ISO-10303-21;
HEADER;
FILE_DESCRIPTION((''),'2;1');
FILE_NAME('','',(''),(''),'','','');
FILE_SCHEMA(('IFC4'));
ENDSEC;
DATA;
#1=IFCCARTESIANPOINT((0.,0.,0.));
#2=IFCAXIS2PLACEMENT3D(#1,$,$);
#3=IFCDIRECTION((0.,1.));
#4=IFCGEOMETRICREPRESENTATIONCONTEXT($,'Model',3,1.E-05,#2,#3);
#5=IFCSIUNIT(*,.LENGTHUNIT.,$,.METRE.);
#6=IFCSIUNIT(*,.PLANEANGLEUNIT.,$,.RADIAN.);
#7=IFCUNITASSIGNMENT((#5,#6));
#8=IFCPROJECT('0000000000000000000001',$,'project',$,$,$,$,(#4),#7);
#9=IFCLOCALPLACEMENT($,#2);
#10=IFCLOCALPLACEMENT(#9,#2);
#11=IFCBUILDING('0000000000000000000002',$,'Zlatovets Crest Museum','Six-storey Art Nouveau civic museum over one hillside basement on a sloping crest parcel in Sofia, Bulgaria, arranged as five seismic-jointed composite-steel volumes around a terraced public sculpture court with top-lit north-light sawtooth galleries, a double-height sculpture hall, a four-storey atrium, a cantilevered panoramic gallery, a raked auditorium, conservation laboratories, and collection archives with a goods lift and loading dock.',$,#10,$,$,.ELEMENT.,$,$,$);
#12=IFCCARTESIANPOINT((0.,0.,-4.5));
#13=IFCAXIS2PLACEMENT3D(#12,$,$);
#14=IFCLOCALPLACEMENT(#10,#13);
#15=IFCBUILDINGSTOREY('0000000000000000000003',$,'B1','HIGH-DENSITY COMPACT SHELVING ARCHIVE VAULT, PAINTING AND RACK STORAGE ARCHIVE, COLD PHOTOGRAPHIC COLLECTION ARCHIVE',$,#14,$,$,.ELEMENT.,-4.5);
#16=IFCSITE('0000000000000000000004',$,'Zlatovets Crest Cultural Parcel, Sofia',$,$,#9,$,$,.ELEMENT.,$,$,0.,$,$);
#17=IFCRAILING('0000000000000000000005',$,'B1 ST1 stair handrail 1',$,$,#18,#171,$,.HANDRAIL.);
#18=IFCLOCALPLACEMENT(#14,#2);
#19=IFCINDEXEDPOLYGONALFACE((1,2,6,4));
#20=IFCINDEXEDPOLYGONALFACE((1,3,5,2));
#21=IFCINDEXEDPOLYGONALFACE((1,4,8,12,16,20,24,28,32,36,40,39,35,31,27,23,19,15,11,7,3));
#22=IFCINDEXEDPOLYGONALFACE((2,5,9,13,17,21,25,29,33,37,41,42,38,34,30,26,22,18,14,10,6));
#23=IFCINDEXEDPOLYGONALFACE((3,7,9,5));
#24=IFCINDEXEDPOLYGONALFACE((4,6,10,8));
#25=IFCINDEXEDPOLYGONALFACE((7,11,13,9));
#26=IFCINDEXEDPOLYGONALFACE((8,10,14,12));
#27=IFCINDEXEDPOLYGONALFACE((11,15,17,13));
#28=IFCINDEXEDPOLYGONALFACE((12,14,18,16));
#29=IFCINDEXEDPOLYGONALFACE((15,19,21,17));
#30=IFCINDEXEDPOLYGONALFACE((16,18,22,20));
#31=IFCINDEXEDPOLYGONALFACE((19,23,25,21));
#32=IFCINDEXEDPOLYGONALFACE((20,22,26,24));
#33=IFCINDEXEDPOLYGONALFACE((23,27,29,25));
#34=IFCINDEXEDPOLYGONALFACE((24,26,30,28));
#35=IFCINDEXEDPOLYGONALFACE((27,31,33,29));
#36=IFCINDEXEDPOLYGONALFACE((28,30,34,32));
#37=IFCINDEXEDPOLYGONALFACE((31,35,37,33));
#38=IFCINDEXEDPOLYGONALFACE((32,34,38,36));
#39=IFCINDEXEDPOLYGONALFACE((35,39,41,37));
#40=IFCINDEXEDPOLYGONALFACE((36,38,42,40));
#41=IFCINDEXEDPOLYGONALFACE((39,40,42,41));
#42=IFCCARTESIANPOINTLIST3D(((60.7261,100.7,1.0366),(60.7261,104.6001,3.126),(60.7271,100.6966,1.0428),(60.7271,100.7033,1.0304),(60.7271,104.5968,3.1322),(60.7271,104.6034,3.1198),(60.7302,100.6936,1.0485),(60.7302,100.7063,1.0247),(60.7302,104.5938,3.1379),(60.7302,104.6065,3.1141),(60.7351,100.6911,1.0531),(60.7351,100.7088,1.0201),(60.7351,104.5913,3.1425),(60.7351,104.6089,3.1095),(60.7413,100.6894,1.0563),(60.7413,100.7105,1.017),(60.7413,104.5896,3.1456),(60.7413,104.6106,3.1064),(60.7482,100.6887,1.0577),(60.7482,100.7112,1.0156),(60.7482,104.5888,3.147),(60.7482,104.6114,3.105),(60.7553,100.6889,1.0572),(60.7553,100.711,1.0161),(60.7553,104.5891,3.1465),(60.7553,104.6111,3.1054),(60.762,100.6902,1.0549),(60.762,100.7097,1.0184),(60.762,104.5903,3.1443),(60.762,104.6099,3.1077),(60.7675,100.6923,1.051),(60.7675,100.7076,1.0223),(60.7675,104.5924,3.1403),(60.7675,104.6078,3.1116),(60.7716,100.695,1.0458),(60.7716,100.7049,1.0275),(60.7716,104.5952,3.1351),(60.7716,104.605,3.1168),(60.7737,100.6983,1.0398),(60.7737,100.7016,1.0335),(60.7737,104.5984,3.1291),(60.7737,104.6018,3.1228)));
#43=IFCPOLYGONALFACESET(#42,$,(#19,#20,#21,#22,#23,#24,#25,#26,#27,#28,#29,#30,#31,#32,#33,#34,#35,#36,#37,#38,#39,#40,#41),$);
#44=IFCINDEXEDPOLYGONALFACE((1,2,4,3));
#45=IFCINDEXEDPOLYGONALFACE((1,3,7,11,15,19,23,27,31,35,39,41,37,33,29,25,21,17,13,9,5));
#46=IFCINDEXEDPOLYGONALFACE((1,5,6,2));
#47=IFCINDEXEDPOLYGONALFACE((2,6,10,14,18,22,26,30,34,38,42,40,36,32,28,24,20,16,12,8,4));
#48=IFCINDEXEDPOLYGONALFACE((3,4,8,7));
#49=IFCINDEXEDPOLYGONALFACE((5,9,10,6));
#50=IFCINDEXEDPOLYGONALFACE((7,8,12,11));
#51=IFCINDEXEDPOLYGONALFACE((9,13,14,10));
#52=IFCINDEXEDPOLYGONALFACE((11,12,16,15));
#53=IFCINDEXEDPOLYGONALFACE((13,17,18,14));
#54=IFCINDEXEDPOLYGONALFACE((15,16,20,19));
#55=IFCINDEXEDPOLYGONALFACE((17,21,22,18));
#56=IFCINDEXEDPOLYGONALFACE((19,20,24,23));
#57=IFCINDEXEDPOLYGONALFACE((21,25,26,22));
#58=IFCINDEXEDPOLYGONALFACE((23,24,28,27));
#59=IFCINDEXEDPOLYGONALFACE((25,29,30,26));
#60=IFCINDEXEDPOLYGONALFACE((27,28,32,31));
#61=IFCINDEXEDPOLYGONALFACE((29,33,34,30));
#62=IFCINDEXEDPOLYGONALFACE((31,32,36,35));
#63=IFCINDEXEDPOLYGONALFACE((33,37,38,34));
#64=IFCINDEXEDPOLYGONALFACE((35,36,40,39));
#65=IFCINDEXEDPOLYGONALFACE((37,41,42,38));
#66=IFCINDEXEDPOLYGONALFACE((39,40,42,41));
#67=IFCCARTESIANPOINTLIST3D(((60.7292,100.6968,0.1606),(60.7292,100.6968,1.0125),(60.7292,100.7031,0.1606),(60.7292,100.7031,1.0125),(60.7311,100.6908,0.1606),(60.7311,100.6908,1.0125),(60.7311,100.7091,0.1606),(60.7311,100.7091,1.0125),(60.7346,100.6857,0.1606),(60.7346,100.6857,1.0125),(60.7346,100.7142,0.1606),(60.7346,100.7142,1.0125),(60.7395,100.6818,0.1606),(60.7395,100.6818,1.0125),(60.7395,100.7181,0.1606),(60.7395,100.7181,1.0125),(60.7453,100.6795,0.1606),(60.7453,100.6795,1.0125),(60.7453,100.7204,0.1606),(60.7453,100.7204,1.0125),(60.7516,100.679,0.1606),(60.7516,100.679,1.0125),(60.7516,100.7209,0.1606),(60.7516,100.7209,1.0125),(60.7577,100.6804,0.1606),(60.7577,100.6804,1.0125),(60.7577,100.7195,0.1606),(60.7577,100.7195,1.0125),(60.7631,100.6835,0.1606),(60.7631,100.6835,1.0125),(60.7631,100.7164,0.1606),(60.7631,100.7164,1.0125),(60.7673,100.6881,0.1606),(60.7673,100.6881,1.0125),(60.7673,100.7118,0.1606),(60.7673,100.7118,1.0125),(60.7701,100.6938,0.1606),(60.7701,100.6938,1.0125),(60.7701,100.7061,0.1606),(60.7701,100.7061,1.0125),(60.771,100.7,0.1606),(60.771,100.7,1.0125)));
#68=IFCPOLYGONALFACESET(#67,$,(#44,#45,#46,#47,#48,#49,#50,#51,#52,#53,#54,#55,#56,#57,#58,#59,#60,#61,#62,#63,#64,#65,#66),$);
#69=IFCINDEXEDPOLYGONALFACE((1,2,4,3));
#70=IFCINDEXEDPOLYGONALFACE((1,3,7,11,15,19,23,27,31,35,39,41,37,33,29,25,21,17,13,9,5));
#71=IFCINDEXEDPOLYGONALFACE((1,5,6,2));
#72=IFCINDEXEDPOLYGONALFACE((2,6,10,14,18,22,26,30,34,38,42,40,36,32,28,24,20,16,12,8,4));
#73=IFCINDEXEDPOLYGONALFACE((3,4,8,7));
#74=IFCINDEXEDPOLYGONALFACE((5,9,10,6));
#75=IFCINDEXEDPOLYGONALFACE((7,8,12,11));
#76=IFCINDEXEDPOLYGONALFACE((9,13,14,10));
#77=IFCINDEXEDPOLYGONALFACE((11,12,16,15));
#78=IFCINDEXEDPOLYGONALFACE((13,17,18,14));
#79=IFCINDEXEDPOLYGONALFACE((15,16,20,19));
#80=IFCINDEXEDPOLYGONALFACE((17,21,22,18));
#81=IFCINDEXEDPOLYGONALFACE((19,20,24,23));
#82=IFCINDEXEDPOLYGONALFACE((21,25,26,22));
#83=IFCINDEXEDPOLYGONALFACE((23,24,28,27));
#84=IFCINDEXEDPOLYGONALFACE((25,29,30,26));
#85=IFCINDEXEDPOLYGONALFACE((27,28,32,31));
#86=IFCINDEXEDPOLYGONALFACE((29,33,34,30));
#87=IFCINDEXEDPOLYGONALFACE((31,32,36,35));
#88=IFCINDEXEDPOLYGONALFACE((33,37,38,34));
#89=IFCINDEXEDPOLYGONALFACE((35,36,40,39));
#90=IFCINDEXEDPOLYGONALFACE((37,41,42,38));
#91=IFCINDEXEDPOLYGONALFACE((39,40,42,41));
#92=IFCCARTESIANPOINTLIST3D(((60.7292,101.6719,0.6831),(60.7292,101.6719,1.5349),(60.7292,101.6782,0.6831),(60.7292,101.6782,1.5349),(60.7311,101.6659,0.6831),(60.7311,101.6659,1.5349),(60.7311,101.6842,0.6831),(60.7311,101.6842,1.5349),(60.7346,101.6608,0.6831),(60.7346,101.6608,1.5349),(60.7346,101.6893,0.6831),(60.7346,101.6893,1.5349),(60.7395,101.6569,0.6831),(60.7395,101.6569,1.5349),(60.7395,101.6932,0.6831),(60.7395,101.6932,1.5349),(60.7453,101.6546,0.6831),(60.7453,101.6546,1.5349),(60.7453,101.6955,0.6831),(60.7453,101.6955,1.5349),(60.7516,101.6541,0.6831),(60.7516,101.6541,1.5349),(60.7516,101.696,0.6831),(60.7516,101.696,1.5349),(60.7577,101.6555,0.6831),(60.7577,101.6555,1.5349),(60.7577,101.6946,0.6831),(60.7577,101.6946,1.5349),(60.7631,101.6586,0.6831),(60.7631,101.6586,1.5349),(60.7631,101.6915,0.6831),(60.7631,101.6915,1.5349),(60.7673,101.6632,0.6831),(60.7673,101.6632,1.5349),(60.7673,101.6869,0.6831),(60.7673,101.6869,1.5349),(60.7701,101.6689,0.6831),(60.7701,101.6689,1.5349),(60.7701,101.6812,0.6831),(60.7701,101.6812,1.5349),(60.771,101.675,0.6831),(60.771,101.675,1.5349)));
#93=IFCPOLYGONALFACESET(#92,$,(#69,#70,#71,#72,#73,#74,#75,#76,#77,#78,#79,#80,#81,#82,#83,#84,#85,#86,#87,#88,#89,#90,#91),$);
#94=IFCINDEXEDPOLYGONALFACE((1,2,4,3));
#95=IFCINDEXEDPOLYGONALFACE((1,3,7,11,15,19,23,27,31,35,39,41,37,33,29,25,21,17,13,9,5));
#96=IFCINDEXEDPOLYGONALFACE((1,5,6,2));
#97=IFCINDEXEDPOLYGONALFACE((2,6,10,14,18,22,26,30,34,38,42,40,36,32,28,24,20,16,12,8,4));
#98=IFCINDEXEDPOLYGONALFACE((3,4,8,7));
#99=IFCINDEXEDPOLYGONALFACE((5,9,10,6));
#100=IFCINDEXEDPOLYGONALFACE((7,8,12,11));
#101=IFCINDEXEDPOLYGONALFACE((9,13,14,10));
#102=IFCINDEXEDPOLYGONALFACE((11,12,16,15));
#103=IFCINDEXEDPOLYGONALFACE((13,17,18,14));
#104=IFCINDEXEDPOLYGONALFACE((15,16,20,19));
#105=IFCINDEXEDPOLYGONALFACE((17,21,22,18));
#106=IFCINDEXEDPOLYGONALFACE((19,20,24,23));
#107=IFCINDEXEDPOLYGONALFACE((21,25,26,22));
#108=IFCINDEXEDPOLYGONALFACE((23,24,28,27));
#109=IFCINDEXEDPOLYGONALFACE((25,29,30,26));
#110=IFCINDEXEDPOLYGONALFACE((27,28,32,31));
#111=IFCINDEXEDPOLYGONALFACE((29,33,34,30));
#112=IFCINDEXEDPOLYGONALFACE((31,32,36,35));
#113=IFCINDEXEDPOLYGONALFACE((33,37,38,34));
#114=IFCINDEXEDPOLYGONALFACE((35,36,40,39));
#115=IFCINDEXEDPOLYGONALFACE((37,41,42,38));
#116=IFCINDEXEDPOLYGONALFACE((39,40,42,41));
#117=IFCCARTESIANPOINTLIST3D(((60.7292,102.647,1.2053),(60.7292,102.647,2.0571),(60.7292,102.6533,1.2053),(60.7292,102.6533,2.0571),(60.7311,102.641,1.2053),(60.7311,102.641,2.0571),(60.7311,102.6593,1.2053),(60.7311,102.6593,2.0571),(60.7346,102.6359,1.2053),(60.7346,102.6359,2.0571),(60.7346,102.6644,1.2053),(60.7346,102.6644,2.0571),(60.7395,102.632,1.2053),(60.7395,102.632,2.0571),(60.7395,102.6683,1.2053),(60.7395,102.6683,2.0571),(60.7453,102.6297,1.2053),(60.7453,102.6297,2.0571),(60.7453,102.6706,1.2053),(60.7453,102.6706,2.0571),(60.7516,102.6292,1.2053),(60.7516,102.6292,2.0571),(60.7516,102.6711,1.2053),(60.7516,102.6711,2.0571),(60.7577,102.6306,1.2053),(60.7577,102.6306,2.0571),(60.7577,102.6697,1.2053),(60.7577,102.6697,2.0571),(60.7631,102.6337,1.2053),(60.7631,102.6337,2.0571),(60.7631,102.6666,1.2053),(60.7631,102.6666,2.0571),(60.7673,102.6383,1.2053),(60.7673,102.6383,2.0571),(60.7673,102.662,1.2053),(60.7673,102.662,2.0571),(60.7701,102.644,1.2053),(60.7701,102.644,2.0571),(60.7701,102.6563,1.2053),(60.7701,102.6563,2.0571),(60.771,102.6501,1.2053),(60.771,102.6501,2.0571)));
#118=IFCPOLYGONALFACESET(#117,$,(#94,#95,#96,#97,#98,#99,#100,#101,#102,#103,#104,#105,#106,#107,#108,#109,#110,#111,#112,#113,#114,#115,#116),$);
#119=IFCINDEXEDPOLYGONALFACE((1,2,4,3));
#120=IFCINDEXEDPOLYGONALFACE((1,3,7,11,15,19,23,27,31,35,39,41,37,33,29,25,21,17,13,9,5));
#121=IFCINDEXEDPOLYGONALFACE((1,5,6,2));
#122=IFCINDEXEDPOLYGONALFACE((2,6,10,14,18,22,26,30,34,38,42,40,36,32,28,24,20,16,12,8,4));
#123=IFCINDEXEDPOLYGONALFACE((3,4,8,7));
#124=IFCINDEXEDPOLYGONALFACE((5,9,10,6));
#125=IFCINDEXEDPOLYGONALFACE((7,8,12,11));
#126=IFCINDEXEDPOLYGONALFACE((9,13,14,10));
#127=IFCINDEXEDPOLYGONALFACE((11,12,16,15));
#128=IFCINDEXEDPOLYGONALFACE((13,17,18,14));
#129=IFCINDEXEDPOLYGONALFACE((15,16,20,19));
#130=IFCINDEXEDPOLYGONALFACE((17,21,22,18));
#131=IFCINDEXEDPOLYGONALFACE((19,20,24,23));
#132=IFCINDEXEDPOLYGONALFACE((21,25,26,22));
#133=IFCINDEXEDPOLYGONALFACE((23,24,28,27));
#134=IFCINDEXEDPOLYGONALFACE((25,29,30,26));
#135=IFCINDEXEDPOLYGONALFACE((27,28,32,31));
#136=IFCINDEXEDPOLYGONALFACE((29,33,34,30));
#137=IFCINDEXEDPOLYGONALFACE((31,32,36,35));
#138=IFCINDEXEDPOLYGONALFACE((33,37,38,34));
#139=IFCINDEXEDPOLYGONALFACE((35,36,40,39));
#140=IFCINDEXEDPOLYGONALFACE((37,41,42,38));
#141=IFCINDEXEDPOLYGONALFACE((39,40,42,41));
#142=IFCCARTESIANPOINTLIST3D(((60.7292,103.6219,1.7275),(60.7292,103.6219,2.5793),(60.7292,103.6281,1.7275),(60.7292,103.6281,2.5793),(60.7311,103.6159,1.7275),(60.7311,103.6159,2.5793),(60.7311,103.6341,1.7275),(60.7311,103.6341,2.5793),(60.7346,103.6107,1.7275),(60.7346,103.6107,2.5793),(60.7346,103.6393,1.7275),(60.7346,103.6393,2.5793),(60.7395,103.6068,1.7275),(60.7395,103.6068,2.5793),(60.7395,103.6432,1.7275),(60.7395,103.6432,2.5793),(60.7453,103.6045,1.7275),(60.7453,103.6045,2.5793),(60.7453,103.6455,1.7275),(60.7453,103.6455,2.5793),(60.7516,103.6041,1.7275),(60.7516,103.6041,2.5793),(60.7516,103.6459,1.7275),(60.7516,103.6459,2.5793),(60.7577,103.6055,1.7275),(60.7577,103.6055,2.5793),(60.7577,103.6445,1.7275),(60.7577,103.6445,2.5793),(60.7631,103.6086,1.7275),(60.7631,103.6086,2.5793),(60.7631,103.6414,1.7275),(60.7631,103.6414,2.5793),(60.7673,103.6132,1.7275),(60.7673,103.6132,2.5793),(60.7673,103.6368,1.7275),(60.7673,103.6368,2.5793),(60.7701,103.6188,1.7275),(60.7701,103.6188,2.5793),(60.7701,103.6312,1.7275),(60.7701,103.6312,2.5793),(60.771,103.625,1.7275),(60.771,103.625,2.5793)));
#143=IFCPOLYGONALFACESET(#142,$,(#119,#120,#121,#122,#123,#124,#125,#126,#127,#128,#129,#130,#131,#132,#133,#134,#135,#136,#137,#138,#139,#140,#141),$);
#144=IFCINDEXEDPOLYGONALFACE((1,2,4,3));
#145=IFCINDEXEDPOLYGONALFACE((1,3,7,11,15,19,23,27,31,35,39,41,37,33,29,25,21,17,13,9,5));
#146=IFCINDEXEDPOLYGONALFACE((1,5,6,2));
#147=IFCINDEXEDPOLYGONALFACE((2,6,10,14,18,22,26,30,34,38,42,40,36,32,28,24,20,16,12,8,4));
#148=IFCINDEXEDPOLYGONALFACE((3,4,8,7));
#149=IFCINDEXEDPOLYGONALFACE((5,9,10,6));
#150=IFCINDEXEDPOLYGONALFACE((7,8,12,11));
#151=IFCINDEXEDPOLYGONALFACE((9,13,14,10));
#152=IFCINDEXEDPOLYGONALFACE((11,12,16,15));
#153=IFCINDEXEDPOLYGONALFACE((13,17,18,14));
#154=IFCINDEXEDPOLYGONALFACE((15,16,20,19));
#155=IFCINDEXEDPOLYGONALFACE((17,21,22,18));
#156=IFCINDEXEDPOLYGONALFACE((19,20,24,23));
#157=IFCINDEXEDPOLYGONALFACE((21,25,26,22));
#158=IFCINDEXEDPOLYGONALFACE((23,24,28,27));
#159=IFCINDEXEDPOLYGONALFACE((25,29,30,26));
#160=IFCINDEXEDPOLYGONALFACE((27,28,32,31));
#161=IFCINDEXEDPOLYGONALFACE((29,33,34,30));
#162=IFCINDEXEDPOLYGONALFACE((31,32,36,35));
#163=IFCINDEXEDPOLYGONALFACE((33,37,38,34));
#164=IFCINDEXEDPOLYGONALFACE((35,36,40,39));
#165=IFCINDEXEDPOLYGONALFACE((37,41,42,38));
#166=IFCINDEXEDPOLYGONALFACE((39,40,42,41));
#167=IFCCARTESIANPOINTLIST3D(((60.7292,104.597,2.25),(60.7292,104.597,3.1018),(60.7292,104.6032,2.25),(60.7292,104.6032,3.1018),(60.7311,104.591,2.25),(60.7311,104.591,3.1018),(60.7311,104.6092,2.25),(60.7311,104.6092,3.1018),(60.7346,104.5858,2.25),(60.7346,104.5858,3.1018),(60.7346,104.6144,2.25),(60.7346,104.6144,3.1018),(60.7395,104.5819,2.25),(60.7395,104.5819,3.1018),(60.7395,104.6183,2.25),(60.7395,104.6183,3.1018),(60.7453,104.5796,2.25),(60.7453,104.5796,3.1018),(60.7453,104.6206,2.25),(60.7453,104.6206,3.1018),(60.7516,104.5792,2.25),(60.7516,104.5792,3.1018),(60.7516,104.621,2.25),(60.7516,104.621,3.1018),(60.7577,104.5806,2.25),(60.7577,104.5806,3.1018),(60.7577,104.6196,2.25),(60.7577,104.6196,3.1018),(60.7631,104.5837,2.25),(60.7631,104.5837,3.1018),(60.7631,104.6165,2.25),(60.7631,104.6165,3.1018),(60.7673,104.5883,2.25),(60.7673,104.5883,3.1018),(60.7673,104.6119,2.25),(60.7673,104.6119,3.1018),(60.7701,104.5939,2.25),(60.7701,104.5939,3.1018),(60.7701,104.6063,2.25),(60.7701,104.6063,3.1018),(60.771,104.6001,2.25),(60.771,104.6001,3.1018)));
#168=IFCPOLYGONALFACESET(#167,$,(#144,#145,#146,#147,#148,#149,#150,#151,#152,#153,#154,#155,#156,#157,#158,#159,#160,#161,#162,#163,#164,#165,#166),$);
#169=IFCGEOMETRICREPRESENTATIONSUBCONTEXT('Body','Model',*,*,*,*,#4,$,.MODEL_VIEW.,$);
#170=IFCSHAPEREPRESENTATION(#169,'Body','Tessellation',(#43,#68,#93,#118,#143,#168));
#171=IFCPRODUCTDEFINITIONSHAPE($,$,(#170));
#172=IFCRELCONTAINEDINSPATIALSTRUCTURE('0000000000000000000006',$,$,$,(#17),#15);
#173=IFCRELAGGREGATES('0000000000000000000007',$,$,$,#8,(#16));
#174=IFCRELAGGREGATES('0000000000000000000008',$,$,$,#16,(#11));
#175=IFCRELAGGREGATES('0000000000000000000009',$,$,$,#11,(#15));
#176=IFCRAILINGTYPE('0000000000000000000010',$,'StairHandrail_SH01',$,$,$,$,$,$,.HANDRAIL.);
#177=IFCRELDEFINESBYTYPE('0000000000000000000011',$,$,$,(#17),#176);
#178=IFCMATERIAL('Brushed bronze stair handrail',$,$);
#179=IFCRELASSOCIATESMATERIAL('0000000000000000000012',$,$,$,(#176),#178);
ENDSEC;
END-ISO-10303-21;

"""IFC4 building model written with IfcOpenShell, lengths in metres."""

from ifc_helpers import new_model, si_unit, direction, frame, origin, origin_2d, place, context, subcontext, project, spatial, circle, extrude, material, type_object, element, save


model = new_model("IFC4")

# Units and contexts
model_context = context("Model", 3, precision=1e-05, world=origin(), true_north=direction((0.0, 1.0)))
body_context = subcontext(model_context, "Body", "Model", "MODEL_VIEW")
ifc_project = project(units=[si_unit("LENGTHUNIT", "METRE"), si_unit("PLANEANGLEUNIT", "RADIAN")], contexts=[model_context])

# Site, building, storey
site_placement = place(None, origin())
site = spatial("IfcSite", under=ifc_project, at=site_placement, Name="Zlatovets Crest Cultural Parcel, Sofia", CompositionType="ELEMENT", RefElevation=0.0)
building_placement = place(site_placement, origin())
building = spatial("IfcBuilding", under=site, at=building_placement, Name="Zlatovets Crest Museum", Description="Six-storey Art Nouveau civic museum over one hillside basement on a sloping crest parcel in Sofia, Bulgaria, arranged as five seismic-jointed composite-steel volumes around a terraced public sculpture court with top-lit north-light sawtooth galleries, a double-height sculpture hall, a four-storey atrium, a cantilevered panoramic gallery, a raked auditorium, conservation laboratories, and collection archives with a goods lift and loading dock.", CompositionType="ELEMENT")
storey_placement = place(building_placement, frame((0.0, 0.0, -4.5)))
storey = spatial("IfcBuildingStorey", under=building, at=storey_placement, Name="B1", Description="HIGH-DENSITY COMPACT SHELVING ARCHIVE VAULT, PAINTING AND RACK STORAGE ARCHIVE, COLD PHOTOGRAPHIC COLLECTION ARCHIVE", CompositionType="ELEMENT", Elevation=-4.5)

# Railing
ifc_material_1 = material(Name="Brushed bronze stair handrail")
railing_type_1 = type_object("IfcRailingType", Name="StairHandrail_SH01", PredefinedType="HANDRAIL", material=ifc_material_1)
railing_1_placement = place(storey_placement, frame((60.75, 100.7, 0.1606)))
element("IfcRailing", 1, at=railing_1_placement, inside=storey, type_object=railing_type_1, Name="B1 ST1 stair handrail 1", PredefinedType="HANDRAIL", context=body_context, shape_type="SweptSolid", body=[
    extrude(circle(Radius=0.0239, at=origin_2d()), frame((0.0, 0.0, 0.876), z_axis=(0.0, 0.881481, 0.47222), x_axis=(-1.0, 0.0, 0.0)), (0.0, 0.0, 1.0), 4.4246),
    extrude(circle(Radius=0.021, at=origin_2d()), origin(), (0.0, 0.0, 1.0), 0.8518),
    extrude(circle(Radius=0.021, at=origin_2d()), frame((0.0, 0.9751, 0.5225)), (0.0, 0.0, 1.0), 0.8518),
    extrude(circle(Radius=0.021, at=origin_2d()), frame((0.0, 1.9502, 1.0447)), (0.0, 0.0, 1.0), 0.8518),
    extrude(circle(Radius=0.021, at=origin_2d()), frame((0.0, 2.925, 1.5669)), (0.0, 0.0, 1.0), 0.8518),
    extrude(circle(Radius=0.021, at=origin_2d()), frame((0.0, 3.9001, 2.0894)), (0.0, 0.0, 1.0), 0.8518),
])

save(model, "model.ifc")
